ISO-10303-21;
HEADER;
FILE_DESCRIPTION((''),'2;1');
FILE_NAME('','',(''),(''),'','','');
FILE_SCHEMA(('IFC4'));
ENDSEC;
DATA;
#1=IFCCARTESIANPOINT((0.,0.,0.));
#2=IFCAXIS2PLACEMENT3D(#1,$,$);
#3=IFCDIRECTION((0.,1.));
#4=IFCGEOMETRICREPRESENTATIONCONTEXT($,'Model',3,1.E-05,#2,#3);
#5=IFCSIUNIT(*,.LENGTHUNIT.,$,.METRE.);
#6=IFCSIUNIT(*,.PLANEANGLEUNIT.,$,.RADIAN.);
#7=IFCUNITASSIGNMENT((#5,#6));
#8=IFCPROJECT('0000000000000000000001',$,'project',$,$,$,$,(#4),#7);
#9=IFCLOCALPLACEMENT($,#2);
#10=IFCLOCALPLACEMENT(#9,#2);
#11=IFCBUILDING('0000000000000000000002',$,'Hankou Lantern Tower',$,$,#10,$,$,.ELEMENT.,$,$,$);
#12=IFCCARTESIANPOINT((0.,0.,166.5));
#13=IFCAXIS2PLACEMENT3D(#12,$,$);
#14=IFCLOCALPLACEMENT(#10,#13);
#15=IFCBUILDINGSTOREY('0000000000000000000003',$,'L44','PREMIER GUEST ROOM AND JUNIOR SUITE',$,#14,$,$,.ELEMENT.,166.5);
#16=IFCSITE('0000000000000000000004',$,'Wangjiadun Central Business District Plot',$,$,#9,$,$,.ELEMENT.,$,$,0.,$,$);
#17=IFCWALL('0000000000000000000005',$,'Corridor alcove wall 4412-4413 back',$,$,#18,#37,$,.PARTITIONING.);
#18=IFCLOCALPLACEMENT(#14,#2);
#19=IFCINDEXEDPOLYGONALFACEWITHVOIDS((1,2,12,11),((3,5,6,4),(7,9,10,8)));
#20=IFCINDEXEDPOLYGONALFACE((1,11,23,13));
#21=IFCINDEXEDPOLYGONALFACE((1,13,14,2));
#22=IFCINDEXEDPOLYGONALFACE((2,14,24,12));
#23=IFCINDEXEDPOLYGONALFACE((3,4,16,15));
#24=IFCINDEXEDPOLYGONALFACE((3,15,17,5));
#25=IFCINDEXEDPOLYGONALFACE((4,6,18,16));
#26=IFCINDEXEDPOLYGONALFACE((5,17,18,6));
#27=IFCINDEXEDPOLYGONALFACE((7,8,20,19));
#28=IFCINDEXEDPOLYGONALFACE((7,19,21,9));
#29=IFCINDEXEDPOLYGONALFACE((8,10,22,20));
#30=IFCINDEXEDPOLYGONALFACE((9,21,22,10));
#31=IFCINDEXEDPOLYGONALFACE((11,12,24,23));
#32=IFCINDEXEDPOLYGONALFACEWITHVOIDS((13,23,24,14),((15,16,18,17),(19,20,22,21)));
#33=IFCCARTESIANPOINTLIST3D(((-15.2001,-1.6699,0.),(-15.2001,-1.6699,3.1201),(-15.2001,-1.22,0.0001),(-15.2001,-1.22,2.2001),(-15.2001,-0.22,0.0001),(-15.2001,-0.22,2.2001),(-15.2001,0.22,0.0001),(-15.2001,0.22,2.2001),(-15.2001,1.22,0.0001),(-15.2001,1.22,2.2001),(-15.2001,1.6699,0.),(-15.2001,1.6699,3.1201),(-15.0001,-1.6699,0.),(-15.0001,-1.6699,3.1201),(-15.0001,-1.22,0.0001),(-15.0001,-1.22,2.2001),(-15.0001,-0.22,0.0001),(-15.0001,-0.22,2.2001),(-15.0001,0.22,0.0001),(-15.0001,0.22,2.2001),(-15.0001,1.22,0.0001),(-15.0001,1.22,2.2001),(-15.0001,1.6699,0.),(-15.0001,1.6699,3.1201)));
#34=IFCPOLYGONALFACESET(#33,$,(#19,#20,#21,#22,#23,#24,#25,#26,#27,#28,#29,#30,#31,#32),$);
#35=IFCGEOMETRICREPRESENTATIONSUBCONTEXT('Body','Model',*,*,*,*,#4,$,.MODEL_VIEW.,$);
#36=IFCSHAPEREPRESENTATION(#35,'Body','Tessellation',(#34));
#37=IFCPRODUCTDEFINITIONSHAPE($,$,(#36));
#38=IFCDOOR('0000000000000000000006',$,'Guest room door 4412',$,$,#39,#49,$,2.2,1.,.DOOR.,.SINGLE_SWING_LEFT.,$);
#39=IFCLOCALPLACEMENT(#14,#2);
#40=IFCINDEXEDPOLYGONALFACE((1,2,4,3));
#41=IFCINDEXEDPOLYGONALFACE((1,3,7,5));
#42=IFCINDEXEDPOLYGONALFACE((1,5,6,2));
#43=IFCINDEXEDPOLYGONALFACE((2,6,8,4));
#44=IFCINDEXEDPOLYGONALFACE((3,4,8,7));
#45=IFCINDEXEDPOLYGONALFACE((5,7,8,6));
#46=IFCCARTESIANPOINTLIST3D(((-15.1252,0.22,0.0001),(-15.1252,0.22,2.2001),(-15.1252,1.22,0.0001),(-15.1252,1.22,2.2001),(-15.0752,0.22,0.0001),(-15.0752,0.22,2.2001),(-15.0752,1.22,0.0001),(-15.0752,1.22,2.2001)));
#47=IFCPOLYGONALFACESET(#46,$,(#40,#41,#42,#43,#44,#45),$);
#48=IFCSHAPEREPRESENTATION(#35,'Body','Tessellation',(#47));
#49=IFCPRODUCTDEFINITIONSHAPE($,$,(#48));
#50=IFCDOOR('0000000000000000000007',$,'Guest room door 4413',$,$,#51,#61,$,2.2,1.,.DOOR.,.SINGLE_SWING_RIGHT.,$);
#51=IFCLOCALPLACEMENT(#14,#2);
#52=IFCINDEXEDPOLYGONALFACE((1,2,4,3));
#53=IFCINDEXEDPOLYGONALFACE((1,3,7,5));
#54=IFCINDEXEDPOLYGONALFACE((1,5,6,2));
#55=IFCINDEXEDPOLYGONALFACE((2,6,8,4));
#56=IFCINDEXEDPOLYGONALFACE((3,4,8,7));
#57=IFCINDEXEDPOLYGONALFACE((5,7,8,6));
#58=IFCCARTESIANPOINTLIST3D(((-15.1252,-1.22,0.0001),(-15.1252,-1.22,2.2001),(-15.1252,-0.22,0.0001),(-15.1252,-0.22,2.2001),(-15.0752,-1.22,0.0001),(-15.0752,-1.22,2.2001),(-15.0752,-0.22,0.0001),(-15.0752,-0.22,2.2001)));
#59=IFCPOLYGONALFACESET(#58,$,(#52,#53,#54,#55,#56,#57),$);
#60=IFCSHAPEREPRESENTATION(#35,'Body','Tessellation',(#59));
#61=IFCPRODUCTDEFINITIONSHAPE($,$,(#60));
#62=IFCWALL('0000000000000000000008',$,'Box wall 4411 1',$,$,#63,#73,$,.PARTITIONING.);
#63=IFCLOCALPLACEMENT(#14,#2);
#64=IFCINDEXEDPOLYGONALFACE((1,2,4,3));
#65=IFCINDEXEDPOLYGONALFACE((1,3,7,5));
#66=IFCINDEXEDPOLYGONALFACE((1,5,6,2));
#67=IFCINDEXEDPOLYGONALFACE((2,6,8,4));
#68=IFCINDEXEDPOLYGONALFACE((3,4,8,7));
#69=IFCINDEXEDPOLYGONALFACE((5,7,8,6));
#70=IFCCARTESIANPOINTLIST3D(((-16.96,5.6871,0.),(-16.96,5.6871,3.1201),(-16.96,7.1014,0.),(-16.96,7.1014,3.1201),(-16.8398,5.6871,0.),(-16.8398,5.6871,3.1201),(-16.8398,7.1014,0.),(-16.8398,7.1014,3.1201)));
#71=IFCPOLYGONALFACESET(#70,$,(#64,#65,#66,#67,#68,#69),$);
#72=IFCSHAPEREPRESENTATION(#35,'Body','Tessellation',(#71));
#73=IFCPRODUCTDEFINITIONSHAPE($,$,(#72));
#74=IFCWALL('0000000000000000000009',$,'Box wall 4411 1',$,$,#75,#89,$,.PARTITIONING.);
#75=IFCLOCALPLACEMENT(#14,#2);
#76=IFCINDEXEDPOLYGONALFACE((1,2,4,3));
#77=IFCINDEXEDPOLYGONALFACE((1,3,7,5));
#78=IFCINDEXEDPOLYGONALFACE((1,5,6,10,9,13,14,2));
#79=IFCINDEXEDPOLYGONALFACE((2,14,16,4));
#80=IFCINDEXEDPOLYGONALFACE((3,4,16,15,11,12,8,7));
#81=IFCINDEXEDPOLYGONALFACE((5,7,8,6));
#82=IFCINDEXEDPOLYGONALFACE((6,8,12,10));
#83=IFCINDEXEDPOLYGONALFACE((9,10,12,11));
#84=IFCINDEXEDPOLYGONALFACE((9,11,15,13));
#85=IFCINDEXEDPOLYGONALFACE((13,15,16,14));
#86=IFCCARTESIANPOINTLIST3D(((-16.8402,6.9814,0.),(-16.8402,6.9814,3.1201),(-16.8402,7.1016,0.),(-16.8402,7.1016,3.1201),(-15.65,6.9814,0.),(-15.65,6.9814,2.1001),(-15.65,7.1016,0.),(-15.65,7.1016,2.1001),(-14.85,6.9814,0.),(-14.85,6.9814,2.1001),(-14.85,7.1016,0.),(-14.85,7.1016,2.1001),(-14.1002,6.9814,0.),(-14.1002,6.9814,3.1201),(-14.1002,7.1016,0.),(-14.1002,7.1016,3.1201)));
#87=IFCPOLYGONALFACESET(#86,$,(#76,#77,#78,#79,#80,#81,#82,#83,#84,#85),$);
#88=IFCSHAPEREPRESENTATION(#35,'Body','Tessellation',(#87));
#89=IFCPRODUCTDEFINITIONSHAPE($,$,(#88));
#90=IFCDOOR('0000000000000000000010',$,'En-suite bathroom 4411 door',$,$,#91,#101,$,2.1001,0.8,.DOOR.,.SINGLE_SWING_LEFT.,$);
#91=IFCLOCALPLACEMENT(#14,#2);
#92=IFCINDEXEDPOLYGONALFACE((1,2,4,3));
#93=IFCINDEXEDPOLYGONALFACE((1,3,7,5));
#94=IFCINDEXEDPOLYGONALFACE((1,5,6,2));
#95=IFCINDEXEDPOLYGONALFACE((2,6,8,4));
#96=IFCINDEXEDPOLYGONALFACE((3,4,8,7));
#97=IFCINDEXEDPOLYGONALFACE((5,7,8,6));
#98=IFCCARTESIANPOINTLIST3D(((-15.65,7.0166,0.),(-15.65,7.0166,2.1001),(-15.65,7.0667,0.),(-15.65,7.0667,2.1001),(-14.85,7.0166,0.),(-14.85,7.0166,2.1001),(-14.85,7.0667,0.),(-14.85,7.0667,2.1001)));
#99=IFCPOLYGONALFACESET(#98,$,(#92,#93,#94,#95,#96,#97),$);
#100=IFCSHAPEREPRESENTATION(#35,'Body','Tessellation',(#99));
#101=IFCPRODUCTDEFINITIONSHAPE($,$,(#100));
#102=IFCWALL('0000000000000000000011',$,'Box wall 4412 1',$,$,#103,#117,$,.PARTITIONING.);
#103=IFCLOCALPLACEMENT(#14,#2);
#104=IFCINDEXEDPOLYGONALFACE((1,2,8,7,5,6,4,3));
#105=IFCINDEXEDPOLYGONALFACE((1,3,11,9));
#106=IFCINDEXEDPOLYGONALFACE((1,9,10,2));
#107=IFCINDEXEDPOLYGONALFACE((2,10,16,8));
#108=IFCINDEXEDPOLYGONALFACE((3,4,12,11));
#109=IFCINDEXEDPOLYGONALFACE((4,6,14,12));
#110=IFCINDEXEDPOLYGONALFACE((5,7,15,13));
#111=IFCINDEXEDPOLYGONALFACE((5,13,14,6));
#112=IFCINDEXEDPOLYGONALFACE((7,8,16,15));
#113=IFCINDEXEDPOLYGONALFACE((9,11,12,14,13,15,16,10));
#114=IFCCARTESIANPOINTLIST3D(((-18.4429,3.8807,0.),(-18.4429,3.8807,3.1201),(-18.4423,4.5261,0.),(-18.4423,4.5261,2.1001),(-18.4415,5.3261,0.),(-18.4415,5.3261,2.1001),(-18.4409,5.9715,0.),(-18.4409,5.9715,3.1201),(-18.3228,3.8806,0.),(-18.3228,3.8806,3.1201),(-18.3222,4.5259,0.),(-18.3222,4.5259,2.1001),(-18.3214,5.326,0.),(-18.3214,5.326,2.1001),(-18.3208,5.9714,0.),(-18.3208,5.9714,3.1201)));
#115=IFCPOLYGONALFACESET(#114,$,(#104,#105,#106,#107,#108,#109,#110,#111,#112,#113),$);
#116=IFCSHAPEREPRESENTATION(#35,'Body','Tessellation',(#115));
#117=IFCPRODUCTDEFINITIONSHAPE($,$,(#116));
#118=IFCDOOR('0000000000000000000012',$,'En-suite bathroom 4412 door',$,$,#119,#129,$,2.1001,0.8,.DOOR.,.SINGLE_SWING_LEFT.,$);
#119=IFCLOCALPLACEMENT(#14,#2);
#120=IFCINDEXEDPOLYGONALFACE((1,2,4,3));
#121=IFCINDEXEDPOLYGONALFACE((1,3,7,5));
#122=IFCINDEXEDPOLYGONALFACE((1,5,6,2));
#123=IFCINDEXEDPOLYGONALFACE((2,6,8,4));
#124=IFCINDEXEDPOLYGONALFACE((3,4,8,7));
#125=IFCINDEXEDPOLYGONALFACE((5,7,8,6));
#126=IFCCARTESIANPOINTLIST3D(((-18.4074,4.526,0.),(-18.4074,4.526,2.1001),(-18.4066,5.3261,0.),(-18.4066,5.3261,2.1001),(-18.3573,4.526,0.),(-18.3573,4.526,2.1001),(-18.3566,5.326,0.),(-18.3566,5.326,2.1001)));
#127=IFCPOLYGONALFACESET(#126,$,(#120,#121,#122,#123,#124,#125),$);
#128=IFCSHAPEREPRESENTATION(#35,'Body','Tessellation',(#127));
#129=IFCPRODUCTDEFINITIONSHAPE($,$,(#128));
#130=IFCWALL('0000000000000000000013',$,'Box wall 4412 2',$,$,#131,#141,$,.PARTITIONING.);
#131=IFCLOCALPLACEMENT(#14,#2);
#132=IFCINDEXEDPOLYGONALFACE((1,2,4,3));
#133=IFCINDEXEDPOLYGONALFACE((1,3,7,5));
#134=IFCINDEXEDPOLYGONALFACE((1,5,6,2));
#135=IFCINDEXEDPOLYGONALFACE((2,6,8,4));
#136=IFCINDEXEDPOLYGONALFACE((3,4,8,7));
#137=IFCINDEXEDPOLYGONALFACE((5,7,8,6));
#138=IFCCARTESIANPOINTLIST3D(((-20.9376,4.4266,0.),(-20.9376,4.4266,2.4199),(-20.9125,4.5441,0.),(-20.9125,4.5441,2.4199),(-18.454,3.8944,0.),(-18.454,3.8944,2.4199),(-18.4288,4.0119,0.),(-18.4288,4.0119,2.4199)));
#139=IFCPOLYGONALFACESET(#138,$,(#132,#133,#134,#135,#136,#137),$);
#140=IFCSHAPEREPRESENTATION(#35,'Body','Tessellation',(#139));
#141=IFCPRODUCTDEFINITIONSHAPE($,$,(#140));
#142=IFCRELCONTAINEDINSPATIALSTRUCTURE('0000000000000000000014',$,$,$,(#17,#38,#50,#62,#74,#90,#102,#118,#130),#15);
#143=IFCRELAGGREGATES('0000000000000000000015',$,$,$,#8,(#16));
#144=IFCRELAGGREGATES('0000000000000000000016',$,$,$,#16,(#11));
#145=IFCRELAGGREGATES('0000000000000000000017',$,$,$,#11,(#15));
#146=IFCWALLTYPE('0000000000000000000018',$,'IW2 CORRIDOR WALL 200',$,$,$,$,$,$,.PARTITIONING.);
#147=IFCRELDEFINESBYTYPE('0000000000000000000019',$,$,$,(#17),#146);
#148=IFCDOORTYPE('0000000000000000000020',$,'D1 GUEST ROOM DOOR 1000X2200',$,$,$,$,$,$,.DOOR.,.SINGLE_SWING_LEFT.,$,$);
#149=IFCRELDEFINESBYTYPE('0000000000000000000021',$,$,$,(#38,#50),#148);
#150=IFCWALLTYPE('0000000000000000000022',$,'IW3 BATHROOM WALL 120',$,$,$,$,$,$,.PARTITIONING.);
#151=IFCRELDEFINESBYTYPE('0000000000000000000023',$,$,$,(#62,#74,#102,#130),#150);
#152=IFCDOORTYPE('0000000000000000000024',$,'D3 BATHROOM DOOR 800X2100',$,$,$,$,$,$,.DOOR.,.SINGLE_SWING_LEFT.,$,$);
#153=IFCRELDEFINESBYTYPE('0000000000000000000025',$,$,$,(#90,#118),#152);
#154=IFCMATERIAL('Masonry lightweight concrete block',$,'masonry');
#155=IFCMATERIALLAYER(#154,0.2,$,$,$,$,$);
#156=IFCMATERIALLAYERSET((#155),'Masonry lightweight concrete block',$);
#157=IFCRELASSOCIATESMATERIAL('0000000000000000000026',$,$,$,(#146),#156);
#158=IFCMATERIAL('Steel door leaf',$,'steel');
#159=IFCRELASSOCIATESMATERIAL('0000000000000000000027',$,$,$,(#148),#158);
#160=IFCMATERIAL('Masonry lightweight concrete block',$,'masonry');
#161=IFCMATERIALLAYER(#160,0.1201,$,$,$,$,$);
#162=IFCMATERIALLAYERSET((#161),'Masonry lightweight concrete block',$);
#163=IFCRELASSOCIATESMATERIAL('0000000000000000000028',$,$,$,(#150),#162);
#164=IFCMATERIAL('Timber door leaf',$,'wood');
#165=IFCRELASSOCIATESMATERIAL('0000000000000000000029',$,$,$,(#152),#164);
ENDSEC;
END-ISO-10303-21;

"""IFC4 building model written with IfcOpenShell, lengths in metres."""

from ifc_helpers import new_model, si_unit, direction, frame, frame_2d, origin, place, context, subcontext, project, spatial, rectangle, extrude, material, layer, layer_set, type_object, element, fill, save


model = new_model("IFC4")

# Units and contexts
model_context = context("Model", 3, precision=1e-05, world=origin(), true_north=direction((0.0, 1.0)))
body_context = subcontext(model_context, "Body", "Model", "MODEL_VIEW")
ifc_project = project(units=[si_unit("LENGTHUNIT", "METRE"), si_unit("PLANEANGLEUNIT", "RADIAN")], contexts=[model_context])

# Site, building, storey
site_placement = place(None, origin())
site = spatial("IfcSite", under=ifc_project, at=site_placement, Name="Wangjiadun Central Business District Plot", CompositionType="ELEMENT", RefElevation=0.0)
building_placement = place(site_placement, origin())
building = spatial("IfcBuilding", under=site, at=building_placement, Name="Hankou Lantern Tower", CompositionType="ELEMENT")
storey_placement = place(building_placement, frame((0.0, 0.0, 166.5)))
storey = spatial("IfcBuildingStorey", under=building, at=storey_placement, Name="L44", Description="PREMIER GUEST ROOM AND JUNIOR SUITE", CompositionType="ELEMENT", Elevation=166.5)

# Wall, openings, doors
ifc_material_1 = material(Name="Masonry lightweight concrete block", Category="masonry")
ifc_layer_1 = layer(ifc_material_1, 0.2)
ifc_layer_set_1 = layer_set([ifc_layer_1], Name="Masonry lightweight concrete block")
wall_type_1 = type_object("IfcWallType", Name="IW2 CORRIDOR WALL 200", PredefinedType="PARTITIONING", material=ifc_layer_set_1)
wall_1_placement = place(storey_placement, frame((-15.1001, 1.6699, 0.0), z_axis=(0.0, 0.0, 1.0), x_axis=(0.0, -1.0, 0.0)))
wall_1 = element("IfcWall", 1, at=wall_1_placement, inside=storey, type_object=wall_type_1, Name="Corridor alcove wall 4412-4413 back", PredefinedType="PARTITIONING", context=body_context, shape_type="SweptSolid", body=[
    extrude(rectangle(XDim=3.3398, YDim=0.2, at=frame_2d((1.6699, 0.0))), origin(), (0.0, 0.0, 1.0), 3.1201),
])
opening_1_placement = place(wall_1_placement, frame((0.45, 0.0, 0.0)))
opening_1 = element("IfcOpeningElement", 2, at=opening_1_placement, cuts=wall_1, PredefinedType="OPENING", context=body_context, shape_type="SweptSolid", body=[
    extrude(rectangle(XDim=1.0, YDim=2.2, at=frame_2d((0.5, 1.1001))), frame((0.0, 0.1099, 0.0), z_axis=(0.0, -1.0, 0.0), x_axis=(1.0, 0.0, 0.0)), (0.0, 0.0, 1.0), 0.22),
])
opening_2_placement = place(wall_1_placement, frame((1.8899, 0.0, 0.0)))
opening_2 = element("IfcOpeningElement", 3, at=opening_2_placement, cuts=wall_1, PredefinedType="OPENING", context=body_context, shape_type="SweptSolid", body=[
    extrude(rectangle(XDim=1.0, YDim=2.2, at=frame_2d((0.5, 1.1001))), frame((0.0, 0.1099, 0.0), z_axis=(0.0, -1.0, 0.0), x_axis=(1.0, 0.0, 0.0)), (0.0, 0.0, 1.0), 0.22),
])
ifc_material_2 = material(Name="Steel door leaf", Category="steel")
door_type_1 = type_object("IfcDoorType", Name="D1 GUEST ROOM DOOR 1000X2200", OperationType="SINGLE_SWING_LEFT", PredefinedType="DOOR", material=ifc_material_2)
door_1_placement = place(opening_1_placement, origin())
door_1 = element("IfcDoor", 4, at=door_1_placement, inside=storey, type_object=door_type_1, Name="Guest room door 4412", OperationType="SINGLE_SWING_LEFT", OverallHeight=2.2, OverallWidth=1.0, PredefinedType="DOOR", context=body_context, shape_type="SweptSolid", body=[
    extrude(rectangle(XDim=1.0, YDim=2.2, at=frame_2d((0.5, 1.1001))), frame((0.0, 0.0249, 0.0), z_axis=(0.0, -1.0, 0.0), x_axis=(1.0, 0.0, 0.0)), (0.0, 0.0, 1.0), 0.05),
])
fill(opening_1, door_1)
door_2_placement = place(opening_2_placement, origin())
door_2 = element("IfcDoor", 5, at=door_2_placement, inside=storey, type_object=door_type_1, Name="Guest room door 4413", OperationType="SINGLE_SWING_RIGHT", OverallHeight=2.2, OverallWidth=1.0, PredefinedType="DOOR", context=body_context, shape_type="SweptSolid", body=[
    extrude(rectangle(XDim=1.0, YDim=2.2, at=frame_2d((0.5, 1.1001))), frame((0.0, 0.0249, 0.0), z_axis=(0.0, -1.0, 0.0), x_axis=(1.0, 0.0, 0.0)), (0.0, 0.0, 1.0), 0.05),
])
fill(opening_2, door_2)

# Wall
ifc_material_3 = material(Name="Masonry lightweight concrete block", Category="masonry")
ifc_layer_2 = layer(ifc_material_3, 0.1201)
ifc_layer_set_2 = layer_set([ifc_layer_2], Name="Masonry lightweight concrete block")
wall_type_2 = type_object("IfcWallType", Name="IW3 BATHROOM WALL 120", PredefinedType="PARTITIONING", material=ifc_layer_set_2)
wall_2_placement = place(storey_placement, frame((-16.8999, 5.6873, 0.0), z_axis=(0.0, 0.0, 1.0), x_axis=(0.0, 1.0, 0.0)))
element("IfcWall", 6, at=wall_2_placement, inside=storey, type_object=wall_type_2, Name="Box wall 4411 1", PredefinedType="PARTITIONING", context=body_context, shape_type="SweptSolid", body=[
    extrude(rectangle(XDim=1.4143, YDim=0.1201, at=frame_2d((0.707, 0.0))), origin(), (0.0, 0.0, 1.0), 3.1201),
])

# Walls, openings, doors
wall_3_placement = place(storey_placement, frame((-14.1001, 7.0415, 0.0), z_axis=(0.0, 0.0, 1.0), x_axis=(-1.0, 0.0, 0.0)))
wall_3 = element("IfcWall", 7, at=wall_3_placement, inside=storey, type_object=wall_type_2, Name="Box wall 4411 1", PredefinedType="PARTITIONING", context=body_context, shape_type="SweptSolid", body=[
    extrude(rectangle(XDim=2.74, YDim=0.1201, at=frame_2d((1.3701, 0.0))), origin(), (0.0, 0.0, 1.0), 3.1201),
])
opening_3_placement = place(wall_3_placement, frame((0.75, 0.0, 0.0)))
opening_3 = element("IfcOpeningElement", 8, at=opening_3_placement, cuts=wall_3, PredefinedType="OPENING", context=body_context, shape_type="SweptSolid", body=[
    extrude(rectangle(XDim=0.8, YDim=2.1001, at=frame_2d((0.3999, 1.05))), frame((0.0, 0.0701, 0.0), z_axis=(0.0, -1.0, 0.0), x_axis=(1.0, 0.0, 0.0)), (0.0, 0.0, 1.0), 0.1401),
])
ifc_material_4 = material(Name="Timber door leaf", Category="wood")
door_type_2 = type_object("IfcDoorType", Name="D3 BATHROOM DOOR 800X2100", OperationType="SINGLE_SWING_LEFT", PredefinedType="DOOR", material=ifc_material_4)
door_3_placement = place(opening_3_placement, origin())
door_3 = element("IfcDoor", 9, at=door_3_placement, inside=storey, type_object=door_type_2, Name="En-suite bathroom 4411 door", OperationType="SINGLE_SWING_LEFT", OverallHeight=2.1001, OverallWidth=0.8, PredefinedType="DOOR", context=body_context, shape_type="SweptSolid", body=[
    extrude(rectangle(XDim=0.8, YDim=2.1001, at=frame_2d((0.3999, 1.05))), frame((0.0, 0.0249, 0.0), z_axis=(0.0, -1.0, 0.0), x_axis=(1.0, 0.0, 0.0)), (0.0, 0.0, 1.0), 0.05),
])
fill(opening_3, door_3)
wall_4_placement = place(storey_placement, frame((-18.3809, 5.9714, 0.0), z_axis=(0.0, 0.0, 1.0), x_axis=(-0.000934, -1.0, 0.0)))
wall_4 = element("IfcWall", 10, at=wall_4_placement, inside=storey, type_object=wall_type_2, Name="Box wall 4412 1", PredefinedType="PARTITIONING", context=body_context, shape_type="SweptSolid", body=[
    extrude(rectangle(XDim=2.0908, YDim=0.1201, at=frame_2d((1.0454, 0.0))), origin(), (0.0, 0.0, 1.0), 3.1201),
])
opening_4_placement = place(wall_4_placement, frame((0.6455, 0.0, 0.0)))
opening_4 = element("IfcOpeningElement", 11, at=opening_4_placement, cuts=wall_4, PredefinedType="OPENING", context=body_context, shape_type="SweptSolid", body=[
    extrude(rectangle(XDim=0.8, YDim=2.1001, at=frame_2d((0.3999, 1.05))), frame((0.0, 0.0701, 0.0), z_axis=(0.0, -1.0, 0.0), x_axis=(1.0, 0.0, 0.0)), (0.0, 0.0, 1.0), 0.1401),
])
door_4_placement = place(opening_4_placement, origin())
door_4 = element("IfcDoor", 12, at=door_4_placement, inside=storey, type_object=door_type_2, Name="En-suite bathroom 4412 door", OperationType="SINGLE_SWING_LEFT", OverallHeight=2.1001, OverallWidth=0.8, PredefinedType="DOOR", context=body_context, shape_type="SweptSolid", body=[
    extrude(rectangle(XDim=0.8, YDim=2.1001, at=frame_2d((0.3999, 1.05))), frame((0.0, 0.0249, 0.0), z_axis=(0.0, -1.0, 0.0), x_axis=(1.0, 0.0, 0.0)), (0.0, 0.0, 1.0), 0.05),
])
fill(opening_4, door_4)

# Wall
wall_5_placement = place(storey_placement, frame((-18.4414, 3.9531, 0.0), z_axis=(0.0, 0.0, 1.0), x_axis=(-0.977801, 0.209536, 0.0)))
element("IfcWall", 13, at=wall_5_placement, inside=storey, type_object=wall_type_2, Name="Box wall 4412 2", PredefinedType="PARTITIONING", context=body_context, shape_type="SweptSolid", body=[
    extrude(rectangle(XDim=2.54, YDim=0.1201, at=frame_2d((1.27, 0.0))), origin(), (0.0, 0.0, 1.0), 2.4199),
])

save(model, "model.ifc")
